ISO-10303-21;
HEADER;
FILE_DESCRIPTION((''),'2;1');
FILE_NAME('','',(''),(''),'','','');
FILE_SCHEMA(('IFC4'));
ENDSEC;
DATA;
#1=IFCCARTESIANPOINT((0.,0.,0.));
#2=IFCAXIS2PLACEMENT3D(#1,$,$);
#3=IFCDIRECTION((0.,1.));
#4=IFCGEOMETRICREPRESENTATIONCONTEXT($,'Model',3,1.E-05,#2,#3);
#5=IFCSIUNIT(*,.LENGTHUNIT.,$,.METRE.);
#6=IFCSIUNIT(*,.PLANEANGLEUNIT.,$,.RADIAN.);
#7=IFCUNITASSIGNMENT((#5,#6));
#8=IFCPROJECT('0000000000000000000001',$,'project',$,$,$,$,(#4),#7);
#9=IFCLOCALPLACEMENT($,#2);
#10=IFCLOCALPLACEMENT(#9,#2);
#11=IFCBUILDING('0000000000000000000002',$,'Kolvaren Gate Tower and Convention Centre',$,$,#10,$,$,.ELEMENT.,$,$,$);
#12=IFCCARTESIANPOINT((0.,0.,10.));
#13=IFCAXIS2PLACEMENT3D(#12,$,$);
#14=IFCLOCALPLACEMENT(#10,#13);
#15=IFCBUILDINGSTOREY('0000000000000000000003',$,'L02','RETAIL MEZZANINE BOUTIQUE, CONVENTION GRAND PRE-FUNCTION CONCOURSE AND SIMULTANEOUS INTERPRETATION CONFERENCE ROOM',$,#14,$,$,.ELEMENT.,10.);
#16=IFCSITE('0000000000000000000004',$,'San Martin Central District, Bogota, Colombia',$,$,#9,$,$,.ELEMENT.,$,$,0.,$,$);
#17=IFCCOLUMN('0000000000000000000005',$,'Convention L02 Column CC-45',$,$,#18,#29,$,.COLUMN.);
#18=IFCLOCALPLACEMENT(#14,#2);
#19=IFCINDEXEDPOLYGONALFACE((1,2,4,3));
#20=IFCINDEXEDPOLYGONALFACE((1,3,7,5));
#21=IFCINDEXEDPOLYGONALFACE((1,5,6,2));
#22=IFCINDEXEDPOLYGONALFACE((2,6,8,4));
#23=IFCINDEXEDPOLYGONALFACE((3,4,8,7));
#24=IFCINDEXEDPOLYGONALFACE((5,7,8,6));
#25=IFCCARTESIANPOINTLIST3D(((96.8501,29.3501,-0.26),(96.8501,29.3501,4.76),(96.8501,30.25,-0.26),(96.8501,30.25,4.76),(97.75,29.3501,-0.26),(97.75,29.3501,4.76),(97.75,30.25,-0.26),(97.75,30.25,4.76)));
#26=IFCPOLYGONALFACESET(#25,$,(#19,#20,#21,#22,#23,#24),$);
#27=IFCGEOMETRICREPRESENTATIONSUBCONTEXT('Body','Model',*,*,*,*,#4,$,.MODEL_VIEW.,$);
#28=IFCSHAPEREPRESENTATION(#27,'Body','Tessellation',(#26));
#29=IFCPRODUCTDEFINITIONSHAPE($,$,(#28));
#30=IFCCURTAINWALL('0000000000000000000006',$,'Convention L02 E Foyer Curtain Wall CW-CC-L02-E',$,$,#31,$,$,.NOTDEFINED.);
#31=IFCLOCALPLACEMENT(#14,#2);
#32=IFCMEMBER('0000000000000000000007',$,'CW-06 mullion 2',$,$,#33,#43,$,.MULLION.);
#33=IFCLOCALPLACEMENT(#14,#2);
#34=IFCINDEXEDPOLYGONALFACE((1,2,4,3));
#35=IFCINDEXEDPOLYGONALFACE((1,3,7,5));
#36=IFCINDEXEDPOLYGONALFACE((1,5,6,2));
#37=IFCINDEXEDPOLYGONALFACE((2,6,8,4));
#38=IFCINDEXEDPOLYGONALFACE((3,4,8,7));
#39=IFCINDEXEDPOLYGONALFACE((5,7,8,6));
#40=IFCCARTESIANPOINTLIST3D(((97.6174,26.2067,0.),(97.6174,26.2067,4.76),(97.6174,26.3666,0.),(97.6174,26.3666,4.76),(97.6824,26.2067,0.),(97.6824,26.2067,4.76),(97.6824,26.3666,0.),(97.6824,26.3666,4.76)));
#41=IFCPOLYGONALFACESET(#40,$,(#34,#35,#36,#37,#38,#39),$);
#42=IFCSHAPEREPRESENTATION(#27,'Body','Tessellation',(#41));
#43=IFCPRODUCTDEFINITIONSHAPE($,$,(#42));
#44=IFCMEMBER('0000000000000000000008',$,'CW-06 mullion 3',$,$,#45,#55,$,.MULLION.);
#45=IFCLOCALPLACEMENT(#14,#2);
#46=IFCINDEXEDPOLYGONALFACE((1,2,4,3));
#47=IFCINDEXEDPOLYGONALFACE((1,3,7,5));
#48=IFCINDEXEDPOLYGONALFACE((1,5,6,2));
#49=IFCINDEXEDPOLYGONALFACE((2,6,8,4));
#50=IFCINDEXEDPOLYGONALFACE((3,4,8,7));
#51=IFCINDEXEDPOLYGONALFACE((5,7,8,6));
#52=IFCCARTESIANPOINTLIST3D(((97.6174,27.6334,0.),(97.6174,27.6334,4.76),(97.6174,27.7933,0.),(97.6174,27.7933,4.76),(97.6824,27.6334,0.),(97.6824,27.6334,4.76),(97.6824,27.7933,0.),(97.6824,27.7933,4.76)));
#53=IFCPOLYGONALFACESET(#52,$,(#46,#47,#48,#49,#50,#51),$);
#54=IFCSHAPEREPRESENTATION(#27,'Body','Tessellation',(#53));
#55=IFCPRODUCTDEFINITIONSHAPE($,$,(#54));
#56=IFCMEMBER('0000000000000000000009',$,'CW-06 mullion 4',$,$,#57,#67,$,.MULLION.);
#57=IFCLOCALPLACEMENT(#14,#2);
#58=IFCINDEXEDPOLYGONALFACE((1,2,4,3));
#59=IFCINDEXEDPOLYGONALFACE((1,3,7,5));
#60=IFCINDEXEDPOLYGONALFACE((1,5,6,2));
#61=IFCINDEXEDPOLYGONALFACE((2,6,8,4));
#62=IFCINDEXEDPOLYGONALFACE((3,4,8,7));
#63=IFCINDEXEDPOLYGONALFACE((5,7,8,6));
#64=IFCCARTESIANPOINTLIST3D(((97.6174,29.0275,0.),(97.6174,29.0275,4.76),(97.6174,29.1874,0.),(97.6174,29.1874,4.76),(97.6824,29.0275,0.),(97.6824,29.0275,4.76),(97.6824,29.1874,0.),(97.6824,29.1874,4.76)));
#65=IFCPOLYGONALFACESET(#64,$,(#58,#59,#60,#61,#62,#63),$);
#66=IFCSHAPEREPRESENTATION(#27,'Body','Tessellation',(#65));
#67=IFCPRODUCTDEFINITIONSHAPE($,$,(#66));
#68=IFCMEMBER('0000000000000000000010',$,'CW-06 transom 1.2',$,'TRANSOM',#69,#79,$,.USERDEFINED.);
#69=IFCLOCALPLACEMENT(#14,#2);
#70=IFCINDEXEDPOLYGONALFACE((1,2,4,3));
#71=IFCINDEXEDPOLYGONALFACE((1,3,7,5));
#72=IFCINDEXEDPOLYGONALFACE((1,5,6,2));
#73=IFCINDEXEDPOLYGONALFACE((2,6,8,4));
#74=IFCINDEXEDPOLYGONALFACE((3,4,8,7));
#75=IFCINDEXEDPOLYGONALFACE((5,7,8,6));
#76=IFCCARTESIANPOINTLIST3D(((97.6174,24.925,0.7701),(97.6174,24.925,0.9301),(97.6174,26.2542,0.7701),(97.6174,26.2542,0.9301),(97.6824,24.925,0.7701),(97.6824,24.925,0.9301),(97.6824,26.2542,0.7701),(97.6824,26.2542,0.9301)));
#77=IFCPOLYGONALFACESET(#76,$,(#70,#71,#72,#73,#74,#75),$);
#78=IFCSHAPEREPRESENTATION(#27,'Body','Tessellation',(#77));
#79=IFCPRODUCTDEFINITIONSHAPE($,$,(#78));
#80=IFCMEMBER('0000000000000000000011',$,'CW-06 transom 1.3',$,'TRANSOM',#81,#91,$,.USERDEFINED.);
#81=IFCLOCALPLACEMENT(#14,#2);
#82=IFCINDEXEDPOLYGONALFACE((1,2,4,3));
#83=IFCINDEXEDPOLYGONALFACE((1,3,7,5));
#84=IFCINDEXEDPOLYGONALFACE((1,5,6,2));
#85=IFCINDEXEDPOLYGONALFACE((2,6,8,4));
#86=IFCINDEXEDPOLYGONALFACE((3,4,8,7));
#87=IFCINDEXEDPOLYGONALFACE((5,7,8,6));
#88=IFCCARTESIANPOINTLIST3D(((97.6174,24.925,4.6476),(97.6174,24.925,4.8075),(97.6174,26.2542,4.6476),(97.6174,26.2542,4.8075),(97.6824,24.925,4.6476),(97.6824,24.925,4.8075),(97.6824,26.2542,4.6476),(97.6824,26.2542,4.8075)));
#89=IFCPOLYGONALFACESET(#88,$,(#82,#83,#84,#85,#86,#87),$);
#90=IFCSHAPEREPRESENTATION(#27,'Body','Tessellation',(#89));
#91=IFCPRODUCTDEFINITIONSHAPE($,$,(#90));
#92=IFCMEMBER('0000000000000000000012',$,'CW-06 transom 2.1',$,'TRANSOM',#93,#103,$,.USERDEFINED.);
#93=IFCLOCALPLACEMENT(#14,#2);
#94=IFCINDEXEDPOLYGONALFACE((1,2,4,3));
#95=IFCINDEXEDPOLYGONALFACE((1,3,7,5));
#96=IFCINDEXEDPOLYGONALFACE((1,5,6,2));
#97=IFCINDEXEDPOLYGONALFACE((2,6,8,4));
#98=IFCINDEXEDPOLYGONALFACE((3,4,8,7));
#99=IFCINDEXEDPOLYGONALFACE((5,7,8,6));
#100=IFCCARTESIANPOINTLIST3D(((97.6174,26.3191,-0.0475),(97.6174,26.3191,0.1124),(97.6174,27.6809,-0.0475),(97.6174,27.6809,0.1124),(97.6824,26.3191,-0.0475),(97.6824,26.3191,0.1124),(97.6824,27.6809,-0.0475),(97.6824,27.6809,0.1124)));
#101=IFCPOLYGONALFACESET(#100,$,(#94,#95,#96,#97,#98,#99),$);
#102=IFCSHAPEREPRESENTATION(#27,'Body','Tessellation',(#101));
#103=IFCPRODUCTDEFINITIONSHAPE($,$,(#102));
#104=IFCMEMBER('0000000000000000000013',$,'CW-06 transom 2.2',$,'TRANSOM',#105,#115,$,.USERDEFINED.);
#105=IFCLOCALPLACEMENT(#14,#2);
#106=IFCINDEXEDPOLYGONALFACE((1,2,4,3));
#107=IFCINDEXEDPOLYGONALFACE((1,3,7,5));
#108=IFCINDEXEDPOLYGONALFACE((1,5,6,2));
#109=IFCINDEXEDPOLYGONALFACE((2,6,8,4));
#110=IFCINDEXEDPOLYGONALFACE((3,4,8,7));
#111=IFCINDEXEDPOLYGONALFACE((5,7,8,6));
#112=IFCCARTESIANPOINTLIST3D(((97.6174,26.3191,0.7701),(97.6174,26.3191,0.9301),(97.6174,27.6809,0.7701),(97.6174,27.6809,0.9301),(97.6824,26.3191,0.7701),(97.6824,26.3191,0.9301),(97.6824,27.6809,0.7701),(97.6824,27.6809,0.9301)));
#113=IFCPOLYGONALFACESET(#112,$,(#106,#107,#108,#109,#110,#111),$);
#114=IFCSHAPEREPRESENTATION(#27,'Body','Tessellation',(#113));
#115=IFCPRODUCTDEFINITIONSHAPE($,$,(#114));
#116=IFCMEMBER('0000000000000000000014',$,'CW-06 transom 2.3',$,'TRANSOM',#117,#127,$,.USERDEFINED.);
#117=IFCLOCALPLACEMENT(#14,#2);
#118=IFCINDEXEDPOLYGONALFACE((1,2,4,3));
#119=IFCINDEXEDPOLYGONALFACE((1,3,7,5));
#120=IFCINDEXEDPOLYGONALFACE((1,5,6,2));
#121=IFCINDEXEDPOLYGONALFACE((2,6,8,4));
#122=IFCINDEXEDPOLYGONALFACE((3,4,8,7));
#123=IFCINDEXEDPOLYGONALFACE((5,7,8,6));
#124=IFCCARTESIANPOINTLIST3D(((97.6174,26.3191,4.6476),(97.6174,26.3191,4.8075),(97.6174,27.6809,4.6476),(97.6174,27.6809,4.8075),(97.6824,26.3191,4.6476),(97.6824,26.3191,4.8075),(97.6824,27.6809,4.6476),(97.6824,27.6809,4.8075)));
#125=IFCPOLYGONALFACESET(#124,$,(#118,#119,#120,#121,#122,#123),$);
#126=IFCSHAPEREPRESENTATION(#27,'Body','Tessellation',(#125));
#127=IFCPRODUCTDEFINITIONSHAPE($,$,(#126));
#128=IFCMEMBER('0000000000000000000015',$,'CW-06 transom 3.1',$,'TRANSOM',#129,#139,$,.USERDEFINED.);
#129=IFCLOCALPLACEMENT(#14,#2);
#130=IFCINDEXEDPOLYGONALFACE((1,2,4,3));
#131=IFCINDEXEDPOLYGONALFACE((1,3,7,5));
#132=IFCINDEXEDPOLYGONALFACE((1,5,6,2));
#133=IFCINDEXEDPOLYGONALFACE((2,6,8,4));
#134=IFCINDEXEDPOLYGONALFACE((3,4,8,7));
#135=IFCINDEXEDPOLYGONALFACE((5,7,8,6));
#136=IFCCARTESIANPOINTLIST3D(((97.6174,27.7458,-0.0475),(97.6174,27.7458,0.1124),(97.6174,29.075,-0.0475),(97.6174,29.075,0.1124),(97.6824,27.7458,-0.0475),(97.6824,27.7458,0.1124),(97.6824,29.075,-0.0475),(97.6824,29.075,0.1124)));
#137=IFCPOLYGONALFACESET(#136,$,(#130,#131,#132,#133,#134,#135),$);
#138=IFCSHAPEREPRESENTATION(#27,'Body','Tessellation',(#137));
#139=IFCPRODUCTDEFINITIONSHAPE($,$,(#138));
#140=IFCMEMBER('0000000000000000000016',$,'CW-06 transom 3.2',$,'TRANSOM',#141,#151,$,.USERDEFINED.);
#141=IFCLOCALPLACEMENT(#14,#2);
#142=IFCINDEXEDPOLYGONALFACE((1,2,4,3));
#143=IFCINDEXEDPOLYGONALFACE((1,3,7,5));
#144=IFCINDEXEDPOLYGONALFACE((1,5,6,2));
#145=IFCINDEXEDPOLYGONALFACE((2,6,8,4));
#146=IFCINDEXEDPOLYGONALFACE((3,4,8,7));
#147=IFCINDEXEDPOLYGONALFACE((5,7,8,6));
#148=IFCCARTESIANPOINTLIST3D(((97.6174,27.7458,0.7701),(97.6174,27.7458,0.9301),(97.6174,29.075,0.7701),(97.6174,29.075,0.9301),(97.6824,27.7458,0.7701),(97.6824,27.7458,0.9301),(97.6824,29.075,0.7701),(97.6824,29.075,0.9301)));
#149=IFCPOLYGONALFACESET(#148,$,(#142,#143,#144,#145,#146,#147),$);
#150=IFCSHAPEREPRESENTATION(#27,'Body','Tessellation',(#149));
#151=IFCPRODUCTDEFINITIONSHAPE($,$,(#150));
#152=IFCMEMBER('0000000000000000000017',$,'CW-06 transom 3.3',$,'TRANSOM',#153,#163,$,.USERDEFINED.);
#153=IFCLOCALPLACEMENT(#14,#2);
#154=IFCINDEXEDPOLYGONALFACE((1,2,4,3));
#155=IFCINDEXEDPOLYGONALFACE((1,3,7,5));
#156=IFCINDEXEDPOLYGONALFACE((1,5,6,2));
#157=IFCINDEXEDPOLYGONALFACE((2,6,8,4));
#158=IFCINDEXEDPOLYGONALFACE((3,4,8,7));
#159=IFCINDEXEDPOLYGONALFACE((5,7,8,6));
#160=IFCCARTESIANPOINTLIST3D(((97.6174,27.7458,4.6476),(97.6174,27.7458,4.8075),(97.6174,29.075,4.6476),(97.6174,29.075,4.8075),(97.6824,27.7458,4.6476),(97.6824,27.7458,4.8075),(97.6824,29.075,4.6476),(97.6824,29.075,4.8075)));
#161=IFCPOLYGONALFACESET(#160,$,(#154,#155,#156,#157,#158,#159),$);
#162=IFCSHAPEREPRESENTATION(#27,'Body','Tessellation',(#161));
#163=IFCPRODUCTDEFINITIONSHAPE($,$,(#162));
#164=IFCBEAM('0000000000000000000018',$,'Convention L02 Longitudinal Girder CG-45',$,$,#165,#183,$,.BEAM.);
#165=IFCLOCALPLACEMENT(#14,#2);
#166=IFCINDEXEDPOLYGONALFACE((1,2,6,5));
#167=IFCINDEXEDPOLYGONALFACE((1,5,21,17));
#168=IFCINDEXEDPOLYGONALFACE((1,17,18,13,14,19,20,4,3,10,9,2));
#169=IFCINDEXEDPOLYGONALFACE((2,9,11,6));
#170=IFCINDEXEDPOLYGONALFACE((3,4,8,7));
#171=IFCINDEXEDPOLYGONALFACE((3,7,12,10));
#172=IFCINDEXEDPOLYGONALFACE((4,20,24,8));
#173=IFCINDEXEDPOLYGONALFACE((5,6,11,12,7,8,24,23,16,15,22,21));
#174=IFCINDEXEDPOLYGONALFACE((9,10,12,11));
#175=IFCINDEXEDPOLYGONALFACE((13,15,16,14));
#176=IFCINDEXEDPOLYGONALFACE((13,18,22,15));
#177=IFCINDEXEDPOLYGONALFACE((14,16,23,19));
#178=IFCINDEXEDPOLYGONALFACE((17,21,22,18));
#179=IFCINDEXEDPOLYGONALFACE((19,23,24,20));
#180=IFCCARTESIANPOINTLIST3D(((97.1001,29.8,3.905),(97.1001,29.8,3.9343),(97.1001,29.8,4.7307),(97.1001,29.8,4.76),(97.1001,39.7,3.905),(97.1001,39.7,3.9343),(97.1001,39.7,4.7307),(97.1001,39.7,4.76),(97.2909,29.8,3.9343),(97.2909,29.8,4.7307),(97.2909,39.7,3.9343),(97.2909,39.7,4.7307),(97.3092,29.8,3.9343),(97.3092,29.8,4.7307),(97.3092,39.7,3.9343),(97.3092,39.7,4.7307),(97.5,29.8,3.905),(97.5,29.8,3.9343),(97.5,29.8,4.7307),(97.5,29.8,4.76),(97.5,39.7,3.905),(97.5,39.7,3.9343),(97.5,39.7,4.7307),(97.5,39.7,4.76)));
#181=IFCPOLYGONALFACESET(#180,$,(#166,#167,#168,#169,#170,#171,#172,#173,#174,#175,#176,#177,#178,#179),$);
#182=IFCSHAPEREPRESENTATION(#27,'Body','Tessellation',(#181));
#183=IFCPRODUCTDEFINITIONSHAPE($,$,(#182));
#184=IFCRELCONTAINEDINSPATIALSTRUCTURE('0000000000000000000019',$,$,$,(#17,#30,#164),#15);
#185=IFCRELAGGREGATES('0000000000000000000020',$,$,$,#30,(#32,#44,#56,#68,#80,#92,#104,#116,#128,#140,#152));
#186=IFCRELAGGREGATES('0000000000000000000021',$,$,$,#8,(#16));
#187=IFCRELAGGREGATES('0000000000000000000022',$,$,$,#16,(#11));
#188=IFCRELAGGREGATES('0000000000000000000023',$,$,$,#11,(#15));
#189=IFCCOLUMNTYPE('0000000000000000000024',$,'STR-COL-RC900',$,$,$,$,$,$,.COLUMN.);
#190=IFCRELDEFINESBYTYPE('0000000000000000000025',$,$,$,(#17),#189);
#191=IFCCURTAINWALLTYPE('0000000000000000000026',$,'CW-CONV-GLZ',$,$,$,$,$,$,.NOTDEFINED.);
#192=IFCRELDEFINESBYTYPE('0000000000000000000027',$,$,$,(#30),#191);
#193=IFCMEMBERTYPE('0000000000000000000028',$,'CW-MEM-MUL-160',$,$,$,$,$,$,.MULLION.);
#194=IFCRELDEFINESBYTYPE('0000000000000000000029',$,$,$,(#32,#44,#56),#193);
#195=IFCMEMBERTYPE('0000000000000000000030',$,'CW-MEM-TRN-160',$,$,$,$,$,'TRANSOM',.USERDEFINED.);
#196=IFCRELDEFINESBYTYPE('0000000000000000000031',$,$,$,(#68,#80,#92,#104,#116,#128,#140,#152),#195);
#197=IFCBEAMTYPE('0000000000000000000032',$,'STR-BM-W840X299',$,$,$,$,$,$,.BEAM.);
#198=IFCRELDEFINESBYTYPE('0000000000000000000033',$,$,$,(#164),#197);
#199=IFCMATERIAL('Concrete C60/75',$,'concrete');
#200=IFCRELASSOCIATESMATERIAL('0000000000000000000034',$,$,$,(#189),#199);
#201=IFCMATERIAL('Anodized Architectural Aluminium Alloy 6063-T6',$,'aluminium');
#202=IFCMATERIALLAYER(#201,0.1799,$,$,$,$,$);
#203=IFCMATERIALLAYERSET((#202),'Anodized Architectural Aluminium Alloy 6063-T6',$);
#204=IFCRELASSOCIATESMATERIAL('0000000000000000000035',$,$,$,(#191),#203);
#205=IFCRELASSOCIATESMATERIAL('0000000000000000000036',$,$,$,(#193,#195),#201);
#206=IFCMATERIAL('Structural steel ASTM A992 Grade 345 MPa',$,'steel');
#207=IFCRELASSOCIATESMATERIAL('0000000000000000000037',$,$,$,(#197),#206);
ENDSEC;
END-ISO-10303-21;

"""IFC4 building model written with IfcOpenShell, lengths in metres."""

from ifc_helpers import new_model, si_unit, direction, frame, origin, origin_2d, place, context, subcontext, project, spatial, rectangle, i_section, extrude, material, layer, layer_set, material_profile, profile_set, type_object, element, aggregate, save


model = new_model("IFC4")

# Units and contexts
model_context = context("Model", 3, precision=1e-05, world=origin(), true_north=direction((0.0, 1.0)))
body_context = subcontext(model_context, "Body", "Model", "MODEL_VIEW")
ifc_project = project(units=[si_unit("LENGTHUNIT", "METRE"), si_unit("PLANEANGLEUNIT", "RADIAN")], contexts=[model_context])

# Site, building, storey
site_placement = place(None, origin())
site = spatial("IfcSite", under=ifc_project, at=site_placement, Name="San Martin Central District, Bogota, Colombia", CompositionType="ELEMENT", RefElevation=0.0)
building_placement = place(site_placement, origin())
building = spatial("IfcBuilding", under=site, at=building_placement, Name="Kolvaren Gate Tower and Convention Centre", CompositionType="ELEMENT")
storey_placement = place(building_placement, frame((0.0, 0.0, 10.0)))
storey = spatial("IfcBuildingStorey", under=building, at=storey_placement, Name="L02", Description="RETAIL MEZZANINE BOUTIQUE, CONVENTION GRAND PRE-FUNCTION CONCOURSE AND SIMULTANEOUS INTERPRETATION CONFERENCE ROOM", CompositionType="ELEMENT", Elevation=10.0)

# Column
ifc_material_1 = material(Name="Concrete C60/75", Category="concrete")
ifc_material_profile_1 = material_profile(ifc_material_1, rectangle(XDim=0.8999, YDim=0.8999, at=origin_2d()), Name="RC-COL-900X900")
ifc_profile_set_1 = profile_set([ifc_material_profile_1], Name="Concrete C60/75")
column_type = type_object("IfcColumnType", Name="STR-COL-RC900", PredefinedType="COLUMN", material=ifc_profile_set_1)
column_placement = place(storey_placement, frame((97.3, 29.8, -0.26), z_axis=(0.0, 0.0, 1.0), x_axis=(1.0, 0.0, 0.0)))
element("IfcColumn", 1, at=column_placement, inside=storey, type_object=column_type, Name="Convention L02 Column CC-45", PredefinedType="COLUMN", context=body_context, shape_type="SweptSolid", body=[
    extrude(rectangle(XDim=0.8999, YDim=0.8999, at=origin_2d()), origin(), (0.0, 0.0, 1.0), 5.02),
])

# Curtain wall, members
ifc_material_2 = material(Name="Anodized Architectural Aluminium Alloy 6063-T6", Category="aluminium")
ifc_layer_1 = layer(ifc_material_2, 0.1799)
ifc_layer_set_1 = layer_set([ifc_layer_1], Name="Anodized Architectural Aluminium Alloy 6063-T6")
curtain_wall_type = type_object("IfcCurtainWallType", Name="CW-CONV-GLZ", PredefinedType="NOTDEFINED", material=ifc_layer_set_1)
curtain_wall_placement = place(storey_placement, origin())
curtain_wall = element("IfcCurtainWall", 2, at=curtain_wall_placement, inside=storey, type_object=curtain_wall_type, Name="Convention L02 E Foyer Curtain Wall CW-CC-L02-E", PredefinedType="NOTDEFINED")
ifc_material_profile_2 = material_profile(ifc_material_2, rectangle(XDim=0.0649, YDim=0.1599, at=origin_2d()), Name="CW-MEM-MUL-160")
ifc_profile_set_2 = profile_set([ifc_material_profile_2], Name="Anodized Architectural Aluminium Alloy 6063-T6")
member_type_1 = type_object("IfcMemberType", Name="CW-MEM-MUL-160", PredefinedType="MULLION", material=ifc_profile_set_2)
member_1_placement = place(storey_placement, frame((97.6499, 26.2866, 0.0), z_axis=(0.0, 0.0, 1.0), x_axis=(-1.0, 0.0, 0.0)))
member_1 = element("IfcMember", 3, at=member_1_placement, type_object=member_type_1, Name="CW-06 mullion 2", PredefinedType="MULLION", context=body_context, shape_type="SweptSolid", body=[
    extrude(rectangle(XDim=0.0649, YDim=0.1599, at=origin_2d()), origin(), (0.0, 0.0, 1.0), 4.76),
])
member_2_placement = place(storey_placement, frame((97.6499, 27.7134, 0.0), z_axis=(0.0, 0.0, 1.0), x_axis=(-1.0, 0.0, 0.0)))
member_2 = element("IfcMember", 4, at=member_2_placement, type_object=member_type_1, Name="CW-06 mullion 3", PredefinedType="MULLION", context=body_context, shape_type="SweptSolid", body=[
    extrude(rectangle(XDim=0.0649, YDim=0.1599, at=origin_2d()), origin(), (0.0, 0.0, 1.0), 4.76),
])
member_3_placement = place(storey_placement, frame((97.6499, 29.1074, 0.0), z_axis=(0.0, 0.0, 1.0), x_axis=(-1.0, 0.0, 0.0)))
member_3 = element("IfcMember", 5, at=member_3_placement, type_object=member_type_1, Name="CW-06 mullion 4", PredefinedType="MULLION", context=body_context, shape_type="SweptSolid", body=[
    extrude(rectangle(XDim=0.0649, YDim=0.1599, at=origin_2d()), origin(), (0.0, 0.0, 1.0), 4.76),
])
ifc_material_profile_3 = material_profile(ifc_material_2, rectangle(XDim=0.0649, YDim=0.1599, at=origin_2d()), Name="CW-MEM-TRN-160")
ifc_profile_set_3 = profile_set([ifc_material_profile_3], Name="Anodized Architectural Aluminium Alloy 6063-T6")
member_type_2 = type_object("IfcMemberType", Name="CW-MEM-TRN-160", ElementType="TRANSOM", PredefinedType="USERDEFINED", material=ifc_profile_set_3)
member_4_placement = place(storey_placement, frame((97.6499, 24.925, 0.8501), z_axis=(0.0, 1.0, 0.0), x_axis=(-1.0, 0.0, 0.0)))
member_4 = element("IfcMember", 6, at=member_4_placement, type_object=member_type_2, Name="CW-06 transom 1.2", ObjectType="TRANSOM", PredefinedType="USERDEFINED", context=body_context, shape_type="SweptSolid", body=[
    extrude(rectangle(XDim=0.0649, YDim=0.1599, at=origin_2d()), origin(), (0.0, 0.0, 1.0), 1.3291),
])
member_5_placement = place(storey_placement, frame((97.6499, 24.925, 4.7275), z_axis=(0.0, 1.0, 0.0), x_axis=(-1.0, 0.0, 0.0)))
member_5 = element("IfcMember", 7, at=member_5_placement, type_object=member_type_2, Name="CW-06 transom 1.3", ObjectType="TRANSOM", PredefinedType="USERDEFINED", context=body_context, shape_type="SweptSolid", body=[
    extrude(rectangle(XDim=0.0649, YDim=0.1599, at=origin_2d()), origin(), (0.0, 0.0, 1.0), 1.3291),
])
member_6_placement = place(storey_placement, frame((97.6499, 26.3191, 0.0325), z_axis=(0.0, 1.0, 0.0), x_axis=(-1.0, 0.0, 0.0)))
member_6 = element("IfcMember", 8, at=member_6_placement, type_object=member_type_2, Name="CW-06 transom 2.1", ObjectType="TRANSOM", PredefinedType="USERDEFINED", context=body_context, shape_type="SweptSolid", body=[
    extrude(rectangle(XDim=0.0649, YDim=0.1599, at=origin_2d()), origin(), (0.0, 0.0, 1.0), 1.3618),
])
member_7_placement = place(storey_placement, frame((97.6499, 26.3191, 0.8501), z_axis=(0.0, 1.0, 0.0), x_axis=(-1.0, 0.0, 0.0)))
member_7 = element("IfcMember", 9, at=member_7_placement, type_object=member_type_2, Name="CW-06 transom 2.2", ObjectType="TRANSOM", PredefinedType="USERDEFINED", context=body_context, shape_type="SweptSolid", body=[
    extrude(rectangle(XDim=0.0649, YDim=0.1599, at=origin_2d()), origin(), (0.0, 0.0, 1.0), 1.3618),
])
member_8_placement = place(storey_placement, frame((97.6499, 26.3191, 4.7275), z_axis=(0.0, 1.0, 0.0), x_axis=(-1.0, 0.0, 0.0)))
member_8 = element("IfcMember", 10, at=member_8_placement, type_object=member_type_2, Name="CW-06 transom 2.3", ObjectType="TRANSOM", PredefinedType="USERDEFINED", context=body_context, shape_type="SweptSolid", body=[
    extrude(rectangle(XDim=0.0649, YDim=0.1599, at=origin_2d()), origin(), (0.0, 0.0, 1.0), 1.3618),
])
member_9_placement = place(storey_placement, frame((97.6499, 27.7458, 0.0325), z_axis=(0.0, 1.0, 0.0), x_axis=(-1.0, 0.0, 0.0)))
member_9 = element("IfcMember", 11, at=member_9_placement, type_object=member_type_2, Name="CW-06 transom 3.1", ObjectType="TRANSOM", PredefinedType="USERDEFINED", context=body_context, shape_type="SweptSolid", body=[
    extrude(rectangle(XDim=0.0649, YDim=0.1599, at=origin_2d()), origin(), (0.0, 0.0, 1.0), 1.3291),
])
member_10_placement = place(storey_placement, frame((97.6499, 27.7458, 0.8501), z_axis=(0.0, 1.0, 0.0), x_axis=(-1.0, 0.0, 0.0)))
member_10 = element("IfcMember", 12, at=member_10_placement, type_object=member_type_2, Name="CW-06 transom 3.2", ObjectType="TRANSOM", PredefinedType="USERDEFINED", context=body_context, shape_type="SweptSolid", body=[
    extrude(rectangle(XDim=0.0649, YDim=0.1599, at=origin_2d()), origin(), (0.0, 0.0, 1.0), 1.3291),
])
member_11_placement = place(storey_placement, frame((97.6499, 27.7458, 4.7275), z_axis=(0.0, 1.0, 0.0), x_axis=(-1.0, 0.0, 0.0)))
member_11 = element("IfcMember", 13, at=member_11_placement, type_object=member_type_2, Name="CW-06 transom 3.3", ObjectType="TRANSOM", PredefinedType="USERDEFINED", context=body_context, shape_type="SweptSolid", body=[
    extrude(rectangle(XDim=0.0649, YDim=0.1599, at=origin_2d()), origin(), (0.0, 0.0, 1.0), 1.3291),
])

# Beam
ifc_material_3 = material(Name="Structural steel ASTM A992 Grade 345 MPa", Category="steel")
ifc_material_profile_4 = material_profile(ifc_material_3, i_section(OverallWidth=0.3999, OverallDepth=0.855, WebThickness=0.0183, FlangeThickness=0.0293, at=origin_2d()), Name="W840X299")
ifc_profile_set_4 = profile_set([ifc_material_profile_4], Name="Structural steel ASTM A992 Grade 345 MPa")
beam_type = type_object("IfcBeamType", Name="STR-BM-W840X299", PredefinedType="BEAM", material=ifc_profile_set_4)
beam_placement = place(storey_placement, frame((97.3, 29.8, 4.3325), z_axis=(0.0, 1.0, 0.0), x_axis=(-1.0, 0.0, 0.0)))
element("IfcBeam", 14, at=beam_placement, inside=storey, type_object=beam_type, Name="Convention L02 Longitudinal Girder CG-45", PredefinedType="BEAM", context=body_context, shape_type="SweptSolid", body=[
    extrude(i_section(OverallWidth=0.3999, OverallDepth=0.855, WebThickness=0.0183, FlangeThickness=0.0293, at=origin_2d()), origin(), (0.0, 0.0, 1.0), 9.8999),
])

aggregate(curtain_wall, [member_1, member_2, member_3, member_4, member_5, member_6, member_7, member_8, member_9, member_10, member_11])

save(model, "model.ifc")
